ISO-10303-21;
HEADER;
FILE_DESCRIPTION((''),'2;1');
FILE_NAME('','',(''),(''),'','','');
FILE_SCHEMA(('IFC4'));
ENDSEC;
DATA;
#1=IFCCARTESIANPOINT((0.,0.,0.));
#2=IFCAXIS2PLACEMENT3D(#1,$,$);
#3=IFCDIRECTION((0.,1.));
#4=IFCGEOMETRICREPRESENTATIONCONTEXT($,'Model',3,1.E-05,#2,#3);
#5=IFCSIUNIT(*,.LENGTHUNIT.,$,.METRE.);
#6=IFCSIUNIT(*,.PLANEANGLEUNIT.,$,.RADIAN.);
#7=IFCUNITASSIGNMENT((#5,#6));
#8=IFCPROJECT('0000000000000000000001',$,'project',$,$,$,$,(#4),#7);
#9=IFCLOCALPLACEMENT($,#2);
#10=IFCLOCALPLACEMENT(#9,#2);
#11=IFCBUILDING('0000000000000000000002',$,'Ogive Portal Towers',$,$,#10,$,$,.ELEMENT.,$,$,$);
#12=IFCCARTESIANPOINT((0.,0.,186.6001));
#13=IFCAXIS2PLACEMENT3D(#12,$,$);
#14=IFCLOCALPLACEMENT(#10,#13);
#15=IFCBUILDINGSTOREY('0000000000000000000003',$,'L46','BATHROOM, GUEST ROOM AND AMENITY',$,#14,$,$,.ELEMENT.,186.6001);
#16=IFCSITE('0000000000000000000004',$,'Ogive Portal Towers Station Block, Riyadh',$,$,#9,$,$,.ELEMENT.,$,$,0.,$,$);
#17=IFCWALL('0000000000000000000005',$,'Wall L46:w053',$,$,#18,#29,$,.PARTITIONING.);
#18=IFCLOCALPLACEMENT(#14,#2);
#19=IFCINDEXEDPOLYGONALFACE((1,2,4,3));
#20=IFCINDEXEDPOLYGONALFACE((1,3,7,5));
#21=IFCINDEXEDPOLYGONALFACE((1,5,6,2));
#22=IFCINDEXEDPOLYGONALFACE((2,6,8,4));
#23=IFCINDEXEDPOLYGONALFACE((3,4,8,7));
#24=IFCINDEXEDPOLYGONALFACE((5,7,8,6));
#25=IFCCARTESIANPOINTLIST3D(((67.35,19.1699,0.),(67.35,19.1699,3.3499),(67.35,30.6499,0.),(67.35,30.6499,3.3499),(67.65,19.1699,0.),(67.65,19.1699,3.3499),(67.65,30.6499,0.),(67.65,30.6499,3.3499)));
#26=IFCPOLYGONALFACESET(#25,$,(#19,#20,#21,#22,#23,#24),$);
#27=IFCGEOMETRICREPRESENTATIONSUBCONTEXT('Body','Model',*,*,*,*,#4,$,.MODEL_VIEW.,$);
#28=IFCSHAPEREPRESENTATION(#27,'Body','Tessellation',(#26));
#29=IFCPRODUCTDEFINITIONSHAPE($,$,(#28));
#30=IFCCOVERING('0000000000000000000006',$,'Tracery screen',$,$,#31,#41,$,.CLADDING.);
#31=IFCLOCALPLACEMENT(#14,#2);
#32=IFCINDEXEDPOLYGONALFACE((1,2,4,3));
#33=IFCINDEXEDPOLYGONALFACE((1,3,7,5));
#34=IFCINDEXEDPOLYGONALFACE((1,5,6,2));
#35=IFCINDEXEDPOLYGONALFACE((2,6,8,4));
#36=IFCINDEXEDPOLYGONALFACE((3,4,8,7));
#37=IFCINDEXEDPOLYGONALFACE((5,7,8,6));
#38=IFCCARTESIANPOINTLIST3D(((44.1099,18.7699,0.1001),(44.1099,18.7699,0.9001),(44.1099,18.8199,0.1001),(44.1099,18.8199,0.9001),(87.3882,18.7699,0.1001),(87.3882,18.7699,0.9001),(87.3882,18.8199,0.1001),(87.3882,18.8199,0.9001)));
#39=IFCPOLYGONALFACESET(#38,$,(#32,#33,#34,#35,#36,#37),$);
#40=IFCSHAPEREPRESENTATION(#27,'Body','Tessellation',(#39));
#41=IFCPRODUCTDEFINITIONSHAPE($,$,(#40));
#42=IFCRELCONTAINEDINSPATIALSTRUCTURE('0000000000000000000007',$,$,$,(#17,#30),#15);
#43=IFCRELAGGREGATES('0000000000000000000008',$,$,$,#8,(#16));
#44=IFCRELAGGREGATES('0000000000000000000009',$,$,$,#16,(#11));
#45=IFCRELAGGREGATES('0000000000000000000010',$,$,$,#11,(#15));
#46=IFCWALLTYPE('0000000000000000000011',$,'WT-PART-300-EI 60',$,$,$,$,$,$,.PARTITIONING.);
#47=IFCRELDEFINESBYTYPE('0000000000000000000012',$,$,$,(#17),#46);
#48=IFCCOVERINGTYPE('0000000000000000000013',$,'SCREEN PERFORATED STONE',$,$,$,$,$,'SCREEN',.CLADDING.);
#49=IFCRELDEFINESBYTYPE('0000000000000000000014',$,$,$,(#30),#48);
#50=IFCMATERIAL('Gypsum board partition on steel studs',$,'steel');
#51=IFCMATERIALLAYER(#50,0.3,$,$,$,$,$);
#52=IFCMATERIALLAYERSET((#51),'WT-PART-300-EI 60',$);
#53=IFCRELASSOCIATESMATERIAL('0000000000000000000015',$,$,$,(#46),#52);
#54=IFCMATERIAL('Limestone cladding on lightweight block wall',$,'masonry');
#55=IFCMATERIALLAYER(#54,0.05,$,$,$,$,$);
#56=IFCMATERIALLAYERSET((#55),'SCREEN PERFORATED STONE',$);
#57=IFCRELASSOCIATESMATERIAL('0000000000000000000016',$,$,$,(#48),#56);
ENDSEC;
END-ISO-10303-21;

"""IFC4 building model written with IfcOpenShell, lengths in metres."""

from ifc_helpers import new_model, si_unit, direction, frame, frame_2d, origin, origin_2d, place, context, subcontext, project, spatial, rectangle, extrude, material, layer, layer_set, type_object, element, save


model = new_model("IFC4")

# Units and contexts
model_context = context("Model", 3, precision=1e-05, world=origin(), true_north=direction((0.0, 1.0)))
body_context = subcontext(model_context, "Body", "Model", "MODEL_VIEW")
ifc_project = project(units=[si_unit("LENGTHUNIT", "METRE"), si_unit("PLANEANGLEUNIT", "RADIAN")], contexts=[model_context])

# Site, building, storey
site_placement = place(None, origin())
site = spatial("IfcSite", under=ifc_project, at=site_placement, Name="Ogive Portal Towers Station Block, Riyadh", CompositionType="ELEMENT", RefElevation=0.0)
building_placement = place(site_placement, origin())
building = spatial("IfcBuilding", under=site, at=building_placement, Name="Ogive Portal Towers", CompositionType="ELEMENT")
storey_placement = place(building_placement, frame((0.0, 0.0, 186.6001)))
storey = spatial("IfcBuildingStorey", under=building, at=storey_placement, Name="L46", Description="BATHROOM, GUEST ROOM AND AMENITY", CompositionType="ELEMENT", Elevation=186.6001)

# Shared definitions
ifc_material_1 = material(Name="Gypsum board partition on steel studs", Category="steel")

# Wall
ifc_layer_1 = layer(ifc_material_1, 0.3)
ifc_layer_set_1 = layer_set([ifc_layer_1], Name="WT-PART-300-EI 60")
wall_type_1 = type_object("IfcWallType", Name="WT-PART-300-EI 60", PredefinedType="PARTITIONING", material=ifc_layer_set_1)
wall_1_placement = place(storey_placement, frame((67.5, 19.1699, 0.0), z_axis=(0.0, 0.0, 1.0), x_axis=(0.0, 1.0, 0.0)))
element("IfcWall", 1, at=wall_1_placement, inside=storey, type_object=wall_type_1, Name="Wall L46:w053", PredefinedType="PARTITIONING", context=body_context, shape_type="SweptSolid", body=[
    extrude(rectangle(XDim=11.48, YDim=0.3, at=frame_2d((5.74, 0.0))), origin(), (0.0, 0.0, 1.0), 3.3499),
])

# Covering
ifc_material_2 = material(Name="Limestone cladding on lightweight block wall", Category="masonry")
ifc_layer_2 = layer(ifc_material_2, 0.05)
ifc_layer_set_2 = layer_set([ifc_layer_2], Name="SCREEN PERFORATED STONE")
covering_type = type_object("IfcCoveringType", Name="SCREEN PERFORATED STONE", ElementType="SCREEN", PredefinedType="CLADDING", material=ifc_layer_set_2)
covering_placement = place(storey_placement, frame((65.749, 18.7949, 0.1001), z_axis=(0.0, 0.0, 1.0), x_axis=(1.0, 0.0, 0.0)))
element("IfcCovering", 2, at=covering_placement, inside=storey, type_object=covering_type, Name="Tracery screen", PredefinedType="CLADDING", context=body_context, shape_type="SweptSolid", body=[
    extrude(rectangle(XDim=43.2783, YDim=0.05, at=origin_2d()), origin(), (0.0, 0.0, 1.0), 0.8),
])

save(model, "model.ifc")
